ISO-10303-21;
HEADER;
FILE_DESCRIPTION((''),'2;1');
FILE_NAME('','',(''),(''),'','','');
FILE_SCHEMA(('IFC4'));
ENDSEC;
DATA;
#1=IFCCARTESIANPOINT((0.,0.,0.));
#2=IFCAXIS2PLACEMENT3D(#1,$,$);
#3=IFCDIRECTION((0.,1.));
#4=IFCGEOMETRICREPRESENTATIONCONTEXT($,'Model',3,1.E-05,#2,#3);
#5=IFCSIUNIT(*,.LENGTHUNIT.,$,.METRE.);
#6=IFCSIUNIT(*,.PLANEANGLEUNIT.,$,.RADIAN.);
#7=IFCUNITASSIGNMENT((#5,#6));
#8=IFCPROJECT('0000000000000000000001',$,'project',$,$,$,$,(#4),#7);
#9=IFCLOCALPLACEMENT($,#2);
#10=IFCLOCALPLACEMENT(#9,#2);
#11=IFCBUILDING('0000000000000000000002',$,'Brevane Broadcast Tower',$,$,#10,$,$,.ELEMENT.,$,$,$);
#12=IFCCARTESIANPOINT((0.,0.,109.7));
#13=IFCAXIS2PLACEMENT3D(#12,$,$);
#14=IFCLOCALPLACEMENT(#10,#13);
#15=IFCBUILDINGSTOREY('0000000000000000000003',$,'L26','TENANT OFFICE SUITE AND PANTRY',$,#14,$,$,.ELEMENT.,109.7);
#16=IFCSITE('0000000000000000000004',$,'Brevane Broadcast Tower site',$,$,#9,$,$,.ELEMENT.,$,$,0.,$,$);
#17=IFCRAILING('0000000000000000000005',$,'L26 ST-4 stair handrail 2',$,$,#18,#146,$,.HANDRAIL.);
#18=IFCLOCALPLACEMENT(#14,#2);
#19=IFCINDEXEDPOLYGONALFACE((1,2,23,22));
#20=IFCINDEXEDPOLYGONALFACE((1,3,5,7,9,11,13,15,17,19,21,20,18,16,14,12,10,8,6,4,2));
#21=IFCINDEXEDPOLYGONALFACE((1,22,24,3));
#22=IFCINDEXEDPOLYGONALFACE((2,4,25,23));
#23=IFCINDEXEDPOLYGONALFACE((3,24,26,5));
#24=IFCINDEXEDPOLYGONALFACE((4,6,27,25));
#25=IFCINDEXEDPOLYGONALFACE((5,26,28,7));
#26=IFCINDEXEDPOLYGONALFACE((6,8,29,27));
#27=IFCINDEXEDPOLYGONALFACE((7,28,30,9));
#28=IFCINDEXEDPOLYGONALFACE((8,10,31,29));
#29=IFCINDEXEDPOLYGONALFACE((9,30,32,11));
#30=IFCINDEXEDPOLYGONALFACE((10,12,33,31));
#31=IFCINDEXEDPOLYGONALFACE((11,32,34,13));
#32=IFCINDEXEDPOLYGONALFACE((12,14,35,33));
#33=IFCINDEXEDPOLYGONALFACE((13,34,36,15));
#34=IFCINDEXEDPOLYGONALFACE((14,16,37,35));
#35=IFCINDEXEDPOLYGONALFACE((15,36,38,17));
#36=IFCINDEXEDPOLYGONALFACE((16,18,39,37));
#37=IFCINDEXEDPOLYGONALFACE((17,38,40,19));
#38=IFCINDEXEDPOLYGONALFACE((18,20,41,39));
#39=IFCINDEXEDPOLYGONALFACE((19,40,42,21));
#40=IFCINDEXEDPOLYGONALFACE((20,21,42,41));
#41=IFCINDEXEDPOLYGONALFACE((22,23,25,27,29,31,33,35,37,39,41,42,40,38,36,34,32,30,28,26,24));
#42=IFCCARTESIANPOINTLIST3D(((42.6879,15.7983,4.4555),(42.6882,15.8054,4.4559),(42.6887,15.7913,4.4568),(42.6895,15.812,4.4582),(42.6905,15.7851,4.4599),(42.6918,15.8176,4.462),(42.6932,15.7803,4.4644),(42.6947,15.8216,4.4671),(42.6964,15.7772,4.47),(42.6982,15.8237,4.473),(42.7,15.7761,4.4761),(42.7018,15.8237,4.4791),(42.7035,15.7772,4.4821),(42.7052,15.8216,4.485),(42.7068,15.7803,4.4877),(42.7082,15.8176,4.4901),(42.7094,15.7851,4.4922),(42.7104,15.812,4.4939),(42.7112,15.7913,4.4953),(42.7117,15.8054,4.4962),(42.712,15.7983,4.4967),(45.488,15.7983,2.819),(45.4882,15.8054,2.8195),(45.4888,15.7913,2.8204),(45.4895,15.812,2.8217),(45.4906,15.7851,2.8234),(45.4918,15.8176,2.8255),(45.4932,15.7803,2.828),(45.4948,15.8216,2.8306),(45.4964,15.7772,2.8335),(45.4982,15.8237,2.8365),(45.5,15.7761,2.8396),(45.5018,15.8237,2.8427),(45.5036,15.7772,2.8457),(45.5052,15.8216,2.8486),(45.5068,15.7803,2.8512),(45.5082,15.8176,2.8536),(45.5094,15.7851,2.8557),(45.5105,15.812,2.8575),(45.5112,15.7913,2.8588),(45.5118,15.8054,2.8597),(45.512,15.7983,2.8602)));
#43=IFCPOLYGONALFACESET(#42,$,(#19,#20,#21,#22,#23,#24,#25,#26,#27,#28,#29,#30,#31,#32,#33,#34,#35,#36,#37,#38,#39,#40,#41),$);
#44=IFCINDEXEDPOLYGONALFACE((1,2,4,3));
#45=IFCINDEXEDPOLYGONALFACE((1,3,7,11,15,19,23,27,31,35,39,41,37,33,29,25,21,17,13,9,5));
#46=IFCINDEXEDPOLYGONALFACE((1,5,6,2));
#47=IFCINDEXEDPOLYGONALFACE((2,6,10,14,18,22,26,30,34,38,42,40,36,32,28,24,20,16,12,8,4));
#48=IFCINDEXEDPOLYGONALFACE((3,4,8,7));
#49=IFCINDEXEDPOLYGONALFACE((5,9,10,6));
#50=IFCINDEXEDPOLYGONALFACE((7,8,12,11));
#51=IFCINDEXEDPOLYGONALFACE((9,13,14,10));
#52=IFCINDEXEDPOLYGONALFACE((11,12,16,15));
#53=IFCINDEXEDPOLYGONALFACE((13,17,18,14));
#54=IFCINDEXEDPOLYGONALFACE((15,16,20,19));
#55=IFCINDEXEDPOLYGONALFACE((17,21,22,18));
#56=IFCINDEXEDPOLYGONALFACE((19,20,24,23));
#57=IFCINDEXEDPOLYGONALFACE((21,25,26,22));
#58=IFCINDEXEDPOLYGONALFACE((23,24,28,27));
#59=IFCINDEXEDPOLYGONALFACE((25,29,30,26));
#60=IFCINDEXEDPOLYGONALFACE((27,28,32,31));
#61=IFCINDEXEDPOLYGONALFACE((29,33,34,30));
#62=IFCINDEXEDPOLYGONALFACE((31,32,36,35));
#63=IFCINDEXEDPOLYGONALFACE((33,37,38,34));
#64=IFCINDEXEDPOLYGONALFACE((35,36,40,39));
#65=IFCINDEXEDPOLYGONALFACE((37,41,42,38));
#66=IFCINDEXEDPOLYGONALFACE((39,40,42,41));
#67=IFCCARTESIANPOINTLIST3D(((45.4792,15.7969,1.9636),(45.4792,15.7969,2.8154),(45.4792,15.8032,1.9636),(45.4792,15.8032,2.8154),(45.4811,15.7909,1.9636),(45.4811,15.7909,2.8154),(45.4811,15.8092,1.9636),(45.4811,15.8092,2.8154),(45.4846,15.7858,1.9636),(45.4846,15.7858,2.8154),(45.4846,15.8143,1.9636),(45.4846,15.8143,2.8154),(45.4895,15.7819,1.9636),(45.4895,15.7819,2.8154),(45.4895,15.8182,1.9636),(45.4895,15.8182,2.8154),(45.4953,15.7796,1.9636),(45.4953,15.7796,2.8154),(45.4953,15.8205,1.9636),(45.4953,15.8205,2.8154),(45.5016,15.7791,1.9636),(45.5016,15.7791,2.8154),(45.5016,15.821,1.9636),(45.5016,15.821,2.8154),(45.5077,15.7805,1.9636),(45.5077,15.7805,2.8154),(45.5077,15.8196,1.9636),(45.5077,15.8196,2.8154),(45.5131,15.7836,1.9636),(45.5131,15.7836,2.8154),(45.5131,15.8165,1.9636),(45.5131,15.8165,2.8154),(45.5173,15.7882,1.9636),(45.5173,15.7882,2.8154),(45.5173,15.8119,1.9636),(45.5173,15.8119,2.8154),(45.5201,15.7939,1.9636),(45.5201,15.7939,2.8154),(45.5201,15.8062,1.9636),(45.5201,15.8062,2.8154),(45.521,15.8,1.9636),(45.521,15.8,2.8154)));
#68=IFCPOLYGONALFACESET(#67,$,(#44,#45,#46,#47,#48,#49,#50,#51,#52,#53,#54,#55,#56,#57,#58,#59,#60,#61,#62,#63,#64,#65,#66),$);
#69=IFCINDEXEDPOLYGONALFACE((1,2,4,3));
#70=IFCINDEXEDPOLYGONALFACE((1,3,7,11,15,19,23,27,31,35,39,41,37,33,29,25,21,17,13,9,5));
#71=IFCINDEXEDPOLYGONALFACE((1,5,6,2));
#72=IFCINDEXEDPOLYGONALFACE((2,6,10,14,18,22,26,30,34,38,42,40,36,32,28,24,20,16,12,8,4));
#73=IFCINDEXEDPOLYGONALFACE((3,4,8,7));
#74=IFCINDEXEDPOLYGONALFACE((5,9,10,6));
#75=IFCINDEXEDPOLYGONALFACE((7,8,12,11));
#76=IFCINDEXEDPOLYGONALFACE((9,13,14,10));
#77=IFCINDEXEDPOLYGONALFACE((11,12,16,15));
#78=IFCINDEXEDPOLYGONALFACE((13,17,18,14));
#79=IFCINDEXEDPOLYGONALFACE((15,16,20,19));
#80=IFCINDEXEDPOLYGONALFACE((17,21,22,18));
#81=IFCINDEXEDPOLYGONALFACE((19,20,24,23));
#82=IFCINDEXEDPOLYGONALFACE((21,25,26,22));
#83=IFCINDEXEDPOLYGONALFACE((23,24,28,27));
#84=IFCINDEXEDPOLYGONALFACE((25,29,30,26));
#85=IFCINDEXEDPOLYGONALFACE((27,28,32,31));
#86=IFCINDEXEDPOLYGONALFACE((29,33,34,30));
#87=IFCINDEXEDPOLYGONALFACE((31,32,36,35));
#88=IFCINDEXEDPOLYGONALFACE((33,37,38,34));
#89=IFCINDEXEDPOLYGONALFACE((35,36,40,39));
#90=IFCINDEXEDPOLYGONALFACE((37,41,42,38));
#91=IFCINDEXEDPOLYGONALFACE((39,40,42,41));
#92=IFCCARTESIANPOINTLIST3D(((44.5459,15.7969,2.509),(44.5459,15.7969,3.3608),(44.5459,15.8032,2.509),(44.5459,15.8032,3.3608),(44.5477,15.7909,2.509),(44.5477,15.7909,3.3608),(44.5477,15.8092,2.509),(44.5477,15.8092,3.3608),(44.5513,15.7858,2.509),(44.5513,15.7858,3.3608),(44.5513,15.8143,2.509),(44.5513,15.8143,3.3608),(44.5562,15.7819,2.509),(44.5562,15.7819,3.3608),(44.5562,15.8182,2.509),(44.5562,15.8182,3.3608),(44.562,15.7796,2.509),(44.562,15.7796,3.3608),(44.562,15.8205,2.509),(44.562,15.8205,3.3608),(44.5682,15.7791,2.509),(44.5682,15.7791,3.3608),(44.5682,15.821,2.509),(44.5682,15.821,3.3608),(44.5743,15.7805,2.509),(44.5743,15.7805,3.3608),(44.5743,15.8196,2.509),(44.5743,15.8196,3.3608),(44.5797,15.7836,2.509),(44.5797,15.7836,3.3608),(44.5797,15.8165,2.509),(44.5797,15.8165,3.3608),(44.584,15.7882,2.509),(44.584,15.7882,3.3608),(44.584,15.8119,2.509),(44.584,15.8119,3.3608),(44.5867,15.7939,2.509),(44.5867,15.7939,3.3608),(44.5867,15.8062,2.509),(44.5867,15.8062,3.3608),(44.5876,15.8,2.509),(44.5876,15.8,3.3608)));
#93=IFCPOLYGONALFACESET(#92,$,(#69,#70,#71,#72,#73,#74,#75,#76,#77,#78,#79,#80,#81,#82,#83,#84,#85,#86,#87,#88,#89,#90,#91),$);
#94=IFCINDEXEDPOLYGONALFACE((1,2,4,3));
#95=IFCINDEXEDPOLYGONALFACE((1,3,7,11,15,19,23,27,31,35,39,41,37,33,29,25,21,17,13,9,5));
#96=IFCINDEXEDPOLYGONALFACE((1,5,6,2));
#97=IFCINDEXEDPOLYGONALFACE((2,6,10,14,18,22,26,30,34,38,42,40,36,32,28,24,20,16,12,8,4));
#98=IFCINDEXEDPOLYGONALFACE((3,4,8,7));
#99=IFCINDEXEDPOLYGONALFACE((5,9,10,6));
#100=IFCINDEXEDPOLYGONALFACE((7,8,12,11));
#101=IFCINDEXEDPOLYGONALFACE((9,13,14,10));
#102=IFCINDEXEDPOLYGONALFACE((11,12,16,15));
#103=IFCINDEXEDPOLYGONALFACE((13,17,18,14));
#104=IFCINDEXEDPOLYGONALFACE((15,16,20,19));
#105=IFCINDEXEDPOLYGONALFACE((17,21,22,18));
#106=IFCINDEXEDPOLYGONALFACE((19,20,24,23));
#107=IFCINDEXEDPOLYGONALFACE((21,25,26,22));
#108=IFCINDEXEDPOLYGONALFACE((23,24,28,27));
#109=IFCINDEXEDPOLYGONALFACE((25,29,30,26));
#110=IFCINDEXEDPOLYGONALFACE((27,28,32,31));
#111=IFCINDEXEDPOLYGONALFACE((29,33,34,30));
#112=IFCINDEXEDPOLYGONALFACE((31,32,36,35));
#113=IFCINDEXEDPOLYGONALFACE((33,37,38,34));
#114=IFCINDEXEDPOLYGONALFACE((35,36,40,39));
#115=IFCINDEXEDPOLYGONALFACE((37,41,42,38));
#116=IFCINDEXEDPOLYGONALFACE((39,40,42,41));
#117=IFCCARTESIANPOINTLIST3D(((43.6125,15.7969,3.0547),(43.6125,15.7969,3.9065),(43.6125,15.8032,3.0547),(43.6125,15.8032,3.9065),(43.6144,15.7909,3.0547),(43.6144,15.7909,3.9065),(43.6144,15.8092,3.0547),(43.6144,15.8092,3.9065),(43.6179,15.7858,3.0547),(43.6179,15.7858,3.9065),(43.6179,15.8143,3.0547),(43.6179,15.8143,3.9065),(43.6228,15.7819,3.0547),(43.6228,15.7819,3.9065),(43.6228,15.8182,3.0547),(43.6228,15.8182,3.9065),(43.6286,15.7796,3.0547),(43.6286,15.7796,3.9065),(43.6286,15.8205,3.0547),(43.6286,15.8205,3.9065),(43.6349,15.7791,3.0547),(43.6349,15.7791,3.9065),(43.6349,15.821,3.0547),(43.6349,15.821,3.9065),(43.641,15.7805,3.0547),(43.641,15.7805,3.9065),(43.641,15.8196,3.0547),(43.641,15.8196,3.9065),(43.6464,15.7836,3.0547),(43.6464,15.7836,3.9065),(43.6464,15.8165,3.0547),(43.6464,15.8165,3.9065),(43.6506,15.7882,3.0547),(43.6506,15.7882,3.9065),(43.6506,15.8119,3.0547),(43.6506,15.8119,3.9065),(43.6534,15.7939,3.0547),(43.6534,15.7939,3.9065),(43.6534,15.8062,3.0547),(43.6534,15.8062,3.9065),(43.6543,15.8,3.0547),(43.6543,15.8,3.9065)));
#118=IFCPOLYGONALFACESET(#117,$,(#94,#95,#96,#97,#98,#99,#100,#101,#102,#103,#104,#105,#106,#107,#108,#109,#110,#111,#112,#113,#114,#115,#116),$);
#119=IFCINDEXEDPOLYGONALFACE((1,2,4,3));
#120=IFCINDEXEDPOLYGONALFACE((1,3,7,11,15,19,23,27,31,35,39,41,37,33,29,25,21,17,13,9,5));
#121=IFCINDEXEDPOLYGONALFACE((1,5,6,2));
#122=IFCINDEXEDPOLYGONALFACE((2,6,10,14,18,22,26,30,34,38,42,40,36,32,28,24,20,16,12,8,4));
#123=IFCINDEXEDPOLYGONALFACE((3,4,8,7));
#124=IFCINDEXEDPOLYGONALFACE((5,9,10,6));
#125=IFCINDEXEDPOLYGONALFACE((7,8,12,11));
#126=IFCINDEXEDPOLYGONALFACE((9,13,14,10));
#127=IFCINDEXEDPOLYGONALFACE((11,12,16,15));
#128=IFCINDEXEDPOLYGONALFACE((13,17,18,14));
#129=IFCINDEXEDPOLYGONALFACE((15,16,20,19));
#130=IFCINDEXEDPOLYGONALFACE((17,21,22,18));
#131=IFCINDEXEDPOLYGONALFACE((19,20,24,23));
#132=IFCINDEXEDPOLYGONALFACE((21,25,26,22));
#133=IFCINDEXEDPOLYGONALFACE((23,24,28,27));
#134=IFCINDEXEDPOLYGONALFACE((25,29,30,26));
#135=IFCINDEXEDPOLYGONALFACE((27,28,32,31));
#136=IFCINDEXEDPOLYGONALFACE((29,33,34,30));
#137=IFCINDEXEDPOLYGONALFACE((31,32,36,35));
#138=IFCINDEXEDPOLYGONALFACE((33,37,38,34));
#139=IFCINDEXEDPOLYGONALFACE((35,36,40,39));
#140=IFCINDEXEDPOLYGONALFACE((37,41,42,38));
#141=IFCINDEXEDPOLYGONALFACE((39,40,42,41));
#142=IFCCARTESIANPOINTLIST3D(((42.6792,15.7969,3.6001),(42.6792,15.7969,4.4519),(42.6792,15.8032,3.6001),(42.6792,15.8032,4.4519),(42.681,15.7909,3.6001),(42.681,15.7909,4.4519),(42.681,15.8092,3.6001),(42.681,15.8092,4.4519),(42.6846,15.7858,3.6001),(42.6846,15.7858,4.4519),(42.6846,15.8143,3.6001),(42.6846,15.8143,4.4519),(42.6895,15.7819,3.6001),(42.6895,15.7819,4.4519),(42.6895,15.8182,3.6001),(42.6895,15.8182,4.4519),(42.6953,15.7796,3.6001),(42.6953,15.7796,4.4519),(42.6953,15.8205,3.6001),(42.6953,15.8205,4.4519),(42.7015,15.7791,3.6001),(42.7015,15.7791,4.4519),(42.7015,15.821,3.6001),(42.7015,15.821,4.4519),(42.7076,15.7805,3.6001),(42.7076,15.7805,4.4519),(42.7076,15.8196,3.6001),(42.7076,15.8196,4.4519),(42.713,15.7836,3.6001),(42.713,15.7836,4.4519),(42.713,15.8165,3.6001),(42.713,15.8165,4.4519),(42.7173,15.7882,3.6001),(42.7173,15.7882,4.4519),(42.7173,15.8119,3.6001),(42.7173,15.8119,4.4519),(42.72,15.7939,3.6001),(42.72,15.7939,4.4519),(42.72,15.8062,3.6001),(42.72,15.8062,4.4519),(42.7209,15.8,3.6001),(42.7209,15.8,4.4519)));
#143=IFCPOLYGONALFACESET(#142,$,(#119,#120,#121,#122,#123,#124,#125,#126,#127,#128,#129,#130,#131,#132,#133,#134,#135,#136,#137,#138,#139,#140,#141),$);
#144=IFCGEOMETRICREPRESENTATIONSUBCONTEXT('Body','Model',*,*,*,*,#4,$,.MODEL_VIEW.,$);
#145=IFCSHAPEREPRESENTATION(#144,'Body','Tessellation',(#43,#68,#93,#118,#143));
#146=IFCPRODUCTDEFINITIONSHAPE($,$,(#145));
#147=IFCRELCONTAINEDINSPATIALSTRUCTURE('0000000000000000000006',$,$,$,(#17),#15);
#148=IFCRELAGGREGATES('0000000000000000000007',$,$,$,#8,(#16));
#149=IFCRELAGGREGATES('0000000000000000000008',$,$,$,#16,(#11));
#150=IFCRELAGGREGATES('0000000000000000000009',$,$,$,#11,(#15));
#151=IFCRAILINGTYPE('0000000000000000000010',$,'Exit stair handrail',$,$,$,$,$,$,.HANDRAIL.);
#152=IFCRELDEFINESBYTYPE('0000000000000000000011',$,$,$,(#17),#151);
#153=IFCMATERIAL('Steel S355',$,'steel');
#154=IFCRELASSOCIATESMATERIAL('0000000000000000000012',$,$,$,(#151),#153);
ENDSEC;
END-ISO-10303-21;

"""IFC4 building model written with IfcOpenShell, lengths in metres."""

from ifc_helpers import new_model, si_unit, direction, frame, origin, origin_2d, place, context, subcontext, project, spatial, circle, extrude, material, type_object, element, save


model = new_model("IFC4")

# Units and contexts
model_context = context("Model", 3, precision=1e-05, world=origin(), true_north=direction((0.0, 1.0)))
body_context = subcontext(model_context, "Body", "Model", "MODEL_VIEW")
ifc_project = project(units=[si_unit("LENGTHUNIT", "METRE"), si_unit("PLANEANGLEUNIT", "RADIAN")], contexts=[model_context])

# Site, building, storey
site_placement = place(None, origin())
site = spatial("IfcSite", under=ifc_project, at=site_placement, Name="Brevane Broadcast Tower site", CompositionType="ELEMENT", RefElevation=0.0)
building_placement = place(site_placement, origin())
building = spatial("IfcBuilding", under=site, at=building_placement, Name="Brevane Broadcast Tower", CompositionType="ELEMENT")
storey_placement = place(building_placement, frame((0.0, 0.0, 109.7)))
storey = spatial("IfcBuildingStorey", under=building, at=storey_placement, Name="L26", Description="TENANT OFFICE SUITE AND PANTRY", CompositionType="ELEMENT", Elevation=109.7)

# Railing
ifc_material_1 = material(Name="Steel S355", Category="steel")
railing_type_1 = type_object("IfcRailingType", Name="Exit stair handrail", PredefinedType="HANDRAIL", material=ifc_material_1)
railing_1_placement = place(storey_placement, frame((45.5, 15.8, 1.9636)))
element("IfcRailing", 1, at=railing_1_placement, inside=storey, type_object=railing_type_1, Name="L26 ST-4 stair handrail 2", PredefinedType="HANDRAIL", context=body_context, shape_type="SweptSolid", body=[
    extrude(circle(Radius=0.0239, at=origin_2d()), frame((0.0, 0.0, 0.876), z_axis=(-0.863361, 0.0, 0.504587), x_axis=(0.0, -1.0, 0.0)), (0.0, 0.0, 1.0), 3.2432),
    extrude(circle(Radius=0.021, at=origin_2d()), origin(), (0.0, 0.0, 1.0), 0.8518),
    extrude(circle(Radius=0.021, at=origin_2d()), frame((-0.9333, 0.0, 0.5454)), (0.0, 0.0, 1.0), 0.8518),
    extrude(circle(Radius=0.021, at=origin_2d()), frame((-1.8667, 0.0, 1.0911)), (0.0, 0.0, 1.0), 0.8518),
    extrude(circle(Radius=0.021, at=origin_2d()), frame((-2.8, 0.0, 1.6365)), (0.0, 0.0, 1.0), 0.8518),
])

save(model, "model.ifc")
